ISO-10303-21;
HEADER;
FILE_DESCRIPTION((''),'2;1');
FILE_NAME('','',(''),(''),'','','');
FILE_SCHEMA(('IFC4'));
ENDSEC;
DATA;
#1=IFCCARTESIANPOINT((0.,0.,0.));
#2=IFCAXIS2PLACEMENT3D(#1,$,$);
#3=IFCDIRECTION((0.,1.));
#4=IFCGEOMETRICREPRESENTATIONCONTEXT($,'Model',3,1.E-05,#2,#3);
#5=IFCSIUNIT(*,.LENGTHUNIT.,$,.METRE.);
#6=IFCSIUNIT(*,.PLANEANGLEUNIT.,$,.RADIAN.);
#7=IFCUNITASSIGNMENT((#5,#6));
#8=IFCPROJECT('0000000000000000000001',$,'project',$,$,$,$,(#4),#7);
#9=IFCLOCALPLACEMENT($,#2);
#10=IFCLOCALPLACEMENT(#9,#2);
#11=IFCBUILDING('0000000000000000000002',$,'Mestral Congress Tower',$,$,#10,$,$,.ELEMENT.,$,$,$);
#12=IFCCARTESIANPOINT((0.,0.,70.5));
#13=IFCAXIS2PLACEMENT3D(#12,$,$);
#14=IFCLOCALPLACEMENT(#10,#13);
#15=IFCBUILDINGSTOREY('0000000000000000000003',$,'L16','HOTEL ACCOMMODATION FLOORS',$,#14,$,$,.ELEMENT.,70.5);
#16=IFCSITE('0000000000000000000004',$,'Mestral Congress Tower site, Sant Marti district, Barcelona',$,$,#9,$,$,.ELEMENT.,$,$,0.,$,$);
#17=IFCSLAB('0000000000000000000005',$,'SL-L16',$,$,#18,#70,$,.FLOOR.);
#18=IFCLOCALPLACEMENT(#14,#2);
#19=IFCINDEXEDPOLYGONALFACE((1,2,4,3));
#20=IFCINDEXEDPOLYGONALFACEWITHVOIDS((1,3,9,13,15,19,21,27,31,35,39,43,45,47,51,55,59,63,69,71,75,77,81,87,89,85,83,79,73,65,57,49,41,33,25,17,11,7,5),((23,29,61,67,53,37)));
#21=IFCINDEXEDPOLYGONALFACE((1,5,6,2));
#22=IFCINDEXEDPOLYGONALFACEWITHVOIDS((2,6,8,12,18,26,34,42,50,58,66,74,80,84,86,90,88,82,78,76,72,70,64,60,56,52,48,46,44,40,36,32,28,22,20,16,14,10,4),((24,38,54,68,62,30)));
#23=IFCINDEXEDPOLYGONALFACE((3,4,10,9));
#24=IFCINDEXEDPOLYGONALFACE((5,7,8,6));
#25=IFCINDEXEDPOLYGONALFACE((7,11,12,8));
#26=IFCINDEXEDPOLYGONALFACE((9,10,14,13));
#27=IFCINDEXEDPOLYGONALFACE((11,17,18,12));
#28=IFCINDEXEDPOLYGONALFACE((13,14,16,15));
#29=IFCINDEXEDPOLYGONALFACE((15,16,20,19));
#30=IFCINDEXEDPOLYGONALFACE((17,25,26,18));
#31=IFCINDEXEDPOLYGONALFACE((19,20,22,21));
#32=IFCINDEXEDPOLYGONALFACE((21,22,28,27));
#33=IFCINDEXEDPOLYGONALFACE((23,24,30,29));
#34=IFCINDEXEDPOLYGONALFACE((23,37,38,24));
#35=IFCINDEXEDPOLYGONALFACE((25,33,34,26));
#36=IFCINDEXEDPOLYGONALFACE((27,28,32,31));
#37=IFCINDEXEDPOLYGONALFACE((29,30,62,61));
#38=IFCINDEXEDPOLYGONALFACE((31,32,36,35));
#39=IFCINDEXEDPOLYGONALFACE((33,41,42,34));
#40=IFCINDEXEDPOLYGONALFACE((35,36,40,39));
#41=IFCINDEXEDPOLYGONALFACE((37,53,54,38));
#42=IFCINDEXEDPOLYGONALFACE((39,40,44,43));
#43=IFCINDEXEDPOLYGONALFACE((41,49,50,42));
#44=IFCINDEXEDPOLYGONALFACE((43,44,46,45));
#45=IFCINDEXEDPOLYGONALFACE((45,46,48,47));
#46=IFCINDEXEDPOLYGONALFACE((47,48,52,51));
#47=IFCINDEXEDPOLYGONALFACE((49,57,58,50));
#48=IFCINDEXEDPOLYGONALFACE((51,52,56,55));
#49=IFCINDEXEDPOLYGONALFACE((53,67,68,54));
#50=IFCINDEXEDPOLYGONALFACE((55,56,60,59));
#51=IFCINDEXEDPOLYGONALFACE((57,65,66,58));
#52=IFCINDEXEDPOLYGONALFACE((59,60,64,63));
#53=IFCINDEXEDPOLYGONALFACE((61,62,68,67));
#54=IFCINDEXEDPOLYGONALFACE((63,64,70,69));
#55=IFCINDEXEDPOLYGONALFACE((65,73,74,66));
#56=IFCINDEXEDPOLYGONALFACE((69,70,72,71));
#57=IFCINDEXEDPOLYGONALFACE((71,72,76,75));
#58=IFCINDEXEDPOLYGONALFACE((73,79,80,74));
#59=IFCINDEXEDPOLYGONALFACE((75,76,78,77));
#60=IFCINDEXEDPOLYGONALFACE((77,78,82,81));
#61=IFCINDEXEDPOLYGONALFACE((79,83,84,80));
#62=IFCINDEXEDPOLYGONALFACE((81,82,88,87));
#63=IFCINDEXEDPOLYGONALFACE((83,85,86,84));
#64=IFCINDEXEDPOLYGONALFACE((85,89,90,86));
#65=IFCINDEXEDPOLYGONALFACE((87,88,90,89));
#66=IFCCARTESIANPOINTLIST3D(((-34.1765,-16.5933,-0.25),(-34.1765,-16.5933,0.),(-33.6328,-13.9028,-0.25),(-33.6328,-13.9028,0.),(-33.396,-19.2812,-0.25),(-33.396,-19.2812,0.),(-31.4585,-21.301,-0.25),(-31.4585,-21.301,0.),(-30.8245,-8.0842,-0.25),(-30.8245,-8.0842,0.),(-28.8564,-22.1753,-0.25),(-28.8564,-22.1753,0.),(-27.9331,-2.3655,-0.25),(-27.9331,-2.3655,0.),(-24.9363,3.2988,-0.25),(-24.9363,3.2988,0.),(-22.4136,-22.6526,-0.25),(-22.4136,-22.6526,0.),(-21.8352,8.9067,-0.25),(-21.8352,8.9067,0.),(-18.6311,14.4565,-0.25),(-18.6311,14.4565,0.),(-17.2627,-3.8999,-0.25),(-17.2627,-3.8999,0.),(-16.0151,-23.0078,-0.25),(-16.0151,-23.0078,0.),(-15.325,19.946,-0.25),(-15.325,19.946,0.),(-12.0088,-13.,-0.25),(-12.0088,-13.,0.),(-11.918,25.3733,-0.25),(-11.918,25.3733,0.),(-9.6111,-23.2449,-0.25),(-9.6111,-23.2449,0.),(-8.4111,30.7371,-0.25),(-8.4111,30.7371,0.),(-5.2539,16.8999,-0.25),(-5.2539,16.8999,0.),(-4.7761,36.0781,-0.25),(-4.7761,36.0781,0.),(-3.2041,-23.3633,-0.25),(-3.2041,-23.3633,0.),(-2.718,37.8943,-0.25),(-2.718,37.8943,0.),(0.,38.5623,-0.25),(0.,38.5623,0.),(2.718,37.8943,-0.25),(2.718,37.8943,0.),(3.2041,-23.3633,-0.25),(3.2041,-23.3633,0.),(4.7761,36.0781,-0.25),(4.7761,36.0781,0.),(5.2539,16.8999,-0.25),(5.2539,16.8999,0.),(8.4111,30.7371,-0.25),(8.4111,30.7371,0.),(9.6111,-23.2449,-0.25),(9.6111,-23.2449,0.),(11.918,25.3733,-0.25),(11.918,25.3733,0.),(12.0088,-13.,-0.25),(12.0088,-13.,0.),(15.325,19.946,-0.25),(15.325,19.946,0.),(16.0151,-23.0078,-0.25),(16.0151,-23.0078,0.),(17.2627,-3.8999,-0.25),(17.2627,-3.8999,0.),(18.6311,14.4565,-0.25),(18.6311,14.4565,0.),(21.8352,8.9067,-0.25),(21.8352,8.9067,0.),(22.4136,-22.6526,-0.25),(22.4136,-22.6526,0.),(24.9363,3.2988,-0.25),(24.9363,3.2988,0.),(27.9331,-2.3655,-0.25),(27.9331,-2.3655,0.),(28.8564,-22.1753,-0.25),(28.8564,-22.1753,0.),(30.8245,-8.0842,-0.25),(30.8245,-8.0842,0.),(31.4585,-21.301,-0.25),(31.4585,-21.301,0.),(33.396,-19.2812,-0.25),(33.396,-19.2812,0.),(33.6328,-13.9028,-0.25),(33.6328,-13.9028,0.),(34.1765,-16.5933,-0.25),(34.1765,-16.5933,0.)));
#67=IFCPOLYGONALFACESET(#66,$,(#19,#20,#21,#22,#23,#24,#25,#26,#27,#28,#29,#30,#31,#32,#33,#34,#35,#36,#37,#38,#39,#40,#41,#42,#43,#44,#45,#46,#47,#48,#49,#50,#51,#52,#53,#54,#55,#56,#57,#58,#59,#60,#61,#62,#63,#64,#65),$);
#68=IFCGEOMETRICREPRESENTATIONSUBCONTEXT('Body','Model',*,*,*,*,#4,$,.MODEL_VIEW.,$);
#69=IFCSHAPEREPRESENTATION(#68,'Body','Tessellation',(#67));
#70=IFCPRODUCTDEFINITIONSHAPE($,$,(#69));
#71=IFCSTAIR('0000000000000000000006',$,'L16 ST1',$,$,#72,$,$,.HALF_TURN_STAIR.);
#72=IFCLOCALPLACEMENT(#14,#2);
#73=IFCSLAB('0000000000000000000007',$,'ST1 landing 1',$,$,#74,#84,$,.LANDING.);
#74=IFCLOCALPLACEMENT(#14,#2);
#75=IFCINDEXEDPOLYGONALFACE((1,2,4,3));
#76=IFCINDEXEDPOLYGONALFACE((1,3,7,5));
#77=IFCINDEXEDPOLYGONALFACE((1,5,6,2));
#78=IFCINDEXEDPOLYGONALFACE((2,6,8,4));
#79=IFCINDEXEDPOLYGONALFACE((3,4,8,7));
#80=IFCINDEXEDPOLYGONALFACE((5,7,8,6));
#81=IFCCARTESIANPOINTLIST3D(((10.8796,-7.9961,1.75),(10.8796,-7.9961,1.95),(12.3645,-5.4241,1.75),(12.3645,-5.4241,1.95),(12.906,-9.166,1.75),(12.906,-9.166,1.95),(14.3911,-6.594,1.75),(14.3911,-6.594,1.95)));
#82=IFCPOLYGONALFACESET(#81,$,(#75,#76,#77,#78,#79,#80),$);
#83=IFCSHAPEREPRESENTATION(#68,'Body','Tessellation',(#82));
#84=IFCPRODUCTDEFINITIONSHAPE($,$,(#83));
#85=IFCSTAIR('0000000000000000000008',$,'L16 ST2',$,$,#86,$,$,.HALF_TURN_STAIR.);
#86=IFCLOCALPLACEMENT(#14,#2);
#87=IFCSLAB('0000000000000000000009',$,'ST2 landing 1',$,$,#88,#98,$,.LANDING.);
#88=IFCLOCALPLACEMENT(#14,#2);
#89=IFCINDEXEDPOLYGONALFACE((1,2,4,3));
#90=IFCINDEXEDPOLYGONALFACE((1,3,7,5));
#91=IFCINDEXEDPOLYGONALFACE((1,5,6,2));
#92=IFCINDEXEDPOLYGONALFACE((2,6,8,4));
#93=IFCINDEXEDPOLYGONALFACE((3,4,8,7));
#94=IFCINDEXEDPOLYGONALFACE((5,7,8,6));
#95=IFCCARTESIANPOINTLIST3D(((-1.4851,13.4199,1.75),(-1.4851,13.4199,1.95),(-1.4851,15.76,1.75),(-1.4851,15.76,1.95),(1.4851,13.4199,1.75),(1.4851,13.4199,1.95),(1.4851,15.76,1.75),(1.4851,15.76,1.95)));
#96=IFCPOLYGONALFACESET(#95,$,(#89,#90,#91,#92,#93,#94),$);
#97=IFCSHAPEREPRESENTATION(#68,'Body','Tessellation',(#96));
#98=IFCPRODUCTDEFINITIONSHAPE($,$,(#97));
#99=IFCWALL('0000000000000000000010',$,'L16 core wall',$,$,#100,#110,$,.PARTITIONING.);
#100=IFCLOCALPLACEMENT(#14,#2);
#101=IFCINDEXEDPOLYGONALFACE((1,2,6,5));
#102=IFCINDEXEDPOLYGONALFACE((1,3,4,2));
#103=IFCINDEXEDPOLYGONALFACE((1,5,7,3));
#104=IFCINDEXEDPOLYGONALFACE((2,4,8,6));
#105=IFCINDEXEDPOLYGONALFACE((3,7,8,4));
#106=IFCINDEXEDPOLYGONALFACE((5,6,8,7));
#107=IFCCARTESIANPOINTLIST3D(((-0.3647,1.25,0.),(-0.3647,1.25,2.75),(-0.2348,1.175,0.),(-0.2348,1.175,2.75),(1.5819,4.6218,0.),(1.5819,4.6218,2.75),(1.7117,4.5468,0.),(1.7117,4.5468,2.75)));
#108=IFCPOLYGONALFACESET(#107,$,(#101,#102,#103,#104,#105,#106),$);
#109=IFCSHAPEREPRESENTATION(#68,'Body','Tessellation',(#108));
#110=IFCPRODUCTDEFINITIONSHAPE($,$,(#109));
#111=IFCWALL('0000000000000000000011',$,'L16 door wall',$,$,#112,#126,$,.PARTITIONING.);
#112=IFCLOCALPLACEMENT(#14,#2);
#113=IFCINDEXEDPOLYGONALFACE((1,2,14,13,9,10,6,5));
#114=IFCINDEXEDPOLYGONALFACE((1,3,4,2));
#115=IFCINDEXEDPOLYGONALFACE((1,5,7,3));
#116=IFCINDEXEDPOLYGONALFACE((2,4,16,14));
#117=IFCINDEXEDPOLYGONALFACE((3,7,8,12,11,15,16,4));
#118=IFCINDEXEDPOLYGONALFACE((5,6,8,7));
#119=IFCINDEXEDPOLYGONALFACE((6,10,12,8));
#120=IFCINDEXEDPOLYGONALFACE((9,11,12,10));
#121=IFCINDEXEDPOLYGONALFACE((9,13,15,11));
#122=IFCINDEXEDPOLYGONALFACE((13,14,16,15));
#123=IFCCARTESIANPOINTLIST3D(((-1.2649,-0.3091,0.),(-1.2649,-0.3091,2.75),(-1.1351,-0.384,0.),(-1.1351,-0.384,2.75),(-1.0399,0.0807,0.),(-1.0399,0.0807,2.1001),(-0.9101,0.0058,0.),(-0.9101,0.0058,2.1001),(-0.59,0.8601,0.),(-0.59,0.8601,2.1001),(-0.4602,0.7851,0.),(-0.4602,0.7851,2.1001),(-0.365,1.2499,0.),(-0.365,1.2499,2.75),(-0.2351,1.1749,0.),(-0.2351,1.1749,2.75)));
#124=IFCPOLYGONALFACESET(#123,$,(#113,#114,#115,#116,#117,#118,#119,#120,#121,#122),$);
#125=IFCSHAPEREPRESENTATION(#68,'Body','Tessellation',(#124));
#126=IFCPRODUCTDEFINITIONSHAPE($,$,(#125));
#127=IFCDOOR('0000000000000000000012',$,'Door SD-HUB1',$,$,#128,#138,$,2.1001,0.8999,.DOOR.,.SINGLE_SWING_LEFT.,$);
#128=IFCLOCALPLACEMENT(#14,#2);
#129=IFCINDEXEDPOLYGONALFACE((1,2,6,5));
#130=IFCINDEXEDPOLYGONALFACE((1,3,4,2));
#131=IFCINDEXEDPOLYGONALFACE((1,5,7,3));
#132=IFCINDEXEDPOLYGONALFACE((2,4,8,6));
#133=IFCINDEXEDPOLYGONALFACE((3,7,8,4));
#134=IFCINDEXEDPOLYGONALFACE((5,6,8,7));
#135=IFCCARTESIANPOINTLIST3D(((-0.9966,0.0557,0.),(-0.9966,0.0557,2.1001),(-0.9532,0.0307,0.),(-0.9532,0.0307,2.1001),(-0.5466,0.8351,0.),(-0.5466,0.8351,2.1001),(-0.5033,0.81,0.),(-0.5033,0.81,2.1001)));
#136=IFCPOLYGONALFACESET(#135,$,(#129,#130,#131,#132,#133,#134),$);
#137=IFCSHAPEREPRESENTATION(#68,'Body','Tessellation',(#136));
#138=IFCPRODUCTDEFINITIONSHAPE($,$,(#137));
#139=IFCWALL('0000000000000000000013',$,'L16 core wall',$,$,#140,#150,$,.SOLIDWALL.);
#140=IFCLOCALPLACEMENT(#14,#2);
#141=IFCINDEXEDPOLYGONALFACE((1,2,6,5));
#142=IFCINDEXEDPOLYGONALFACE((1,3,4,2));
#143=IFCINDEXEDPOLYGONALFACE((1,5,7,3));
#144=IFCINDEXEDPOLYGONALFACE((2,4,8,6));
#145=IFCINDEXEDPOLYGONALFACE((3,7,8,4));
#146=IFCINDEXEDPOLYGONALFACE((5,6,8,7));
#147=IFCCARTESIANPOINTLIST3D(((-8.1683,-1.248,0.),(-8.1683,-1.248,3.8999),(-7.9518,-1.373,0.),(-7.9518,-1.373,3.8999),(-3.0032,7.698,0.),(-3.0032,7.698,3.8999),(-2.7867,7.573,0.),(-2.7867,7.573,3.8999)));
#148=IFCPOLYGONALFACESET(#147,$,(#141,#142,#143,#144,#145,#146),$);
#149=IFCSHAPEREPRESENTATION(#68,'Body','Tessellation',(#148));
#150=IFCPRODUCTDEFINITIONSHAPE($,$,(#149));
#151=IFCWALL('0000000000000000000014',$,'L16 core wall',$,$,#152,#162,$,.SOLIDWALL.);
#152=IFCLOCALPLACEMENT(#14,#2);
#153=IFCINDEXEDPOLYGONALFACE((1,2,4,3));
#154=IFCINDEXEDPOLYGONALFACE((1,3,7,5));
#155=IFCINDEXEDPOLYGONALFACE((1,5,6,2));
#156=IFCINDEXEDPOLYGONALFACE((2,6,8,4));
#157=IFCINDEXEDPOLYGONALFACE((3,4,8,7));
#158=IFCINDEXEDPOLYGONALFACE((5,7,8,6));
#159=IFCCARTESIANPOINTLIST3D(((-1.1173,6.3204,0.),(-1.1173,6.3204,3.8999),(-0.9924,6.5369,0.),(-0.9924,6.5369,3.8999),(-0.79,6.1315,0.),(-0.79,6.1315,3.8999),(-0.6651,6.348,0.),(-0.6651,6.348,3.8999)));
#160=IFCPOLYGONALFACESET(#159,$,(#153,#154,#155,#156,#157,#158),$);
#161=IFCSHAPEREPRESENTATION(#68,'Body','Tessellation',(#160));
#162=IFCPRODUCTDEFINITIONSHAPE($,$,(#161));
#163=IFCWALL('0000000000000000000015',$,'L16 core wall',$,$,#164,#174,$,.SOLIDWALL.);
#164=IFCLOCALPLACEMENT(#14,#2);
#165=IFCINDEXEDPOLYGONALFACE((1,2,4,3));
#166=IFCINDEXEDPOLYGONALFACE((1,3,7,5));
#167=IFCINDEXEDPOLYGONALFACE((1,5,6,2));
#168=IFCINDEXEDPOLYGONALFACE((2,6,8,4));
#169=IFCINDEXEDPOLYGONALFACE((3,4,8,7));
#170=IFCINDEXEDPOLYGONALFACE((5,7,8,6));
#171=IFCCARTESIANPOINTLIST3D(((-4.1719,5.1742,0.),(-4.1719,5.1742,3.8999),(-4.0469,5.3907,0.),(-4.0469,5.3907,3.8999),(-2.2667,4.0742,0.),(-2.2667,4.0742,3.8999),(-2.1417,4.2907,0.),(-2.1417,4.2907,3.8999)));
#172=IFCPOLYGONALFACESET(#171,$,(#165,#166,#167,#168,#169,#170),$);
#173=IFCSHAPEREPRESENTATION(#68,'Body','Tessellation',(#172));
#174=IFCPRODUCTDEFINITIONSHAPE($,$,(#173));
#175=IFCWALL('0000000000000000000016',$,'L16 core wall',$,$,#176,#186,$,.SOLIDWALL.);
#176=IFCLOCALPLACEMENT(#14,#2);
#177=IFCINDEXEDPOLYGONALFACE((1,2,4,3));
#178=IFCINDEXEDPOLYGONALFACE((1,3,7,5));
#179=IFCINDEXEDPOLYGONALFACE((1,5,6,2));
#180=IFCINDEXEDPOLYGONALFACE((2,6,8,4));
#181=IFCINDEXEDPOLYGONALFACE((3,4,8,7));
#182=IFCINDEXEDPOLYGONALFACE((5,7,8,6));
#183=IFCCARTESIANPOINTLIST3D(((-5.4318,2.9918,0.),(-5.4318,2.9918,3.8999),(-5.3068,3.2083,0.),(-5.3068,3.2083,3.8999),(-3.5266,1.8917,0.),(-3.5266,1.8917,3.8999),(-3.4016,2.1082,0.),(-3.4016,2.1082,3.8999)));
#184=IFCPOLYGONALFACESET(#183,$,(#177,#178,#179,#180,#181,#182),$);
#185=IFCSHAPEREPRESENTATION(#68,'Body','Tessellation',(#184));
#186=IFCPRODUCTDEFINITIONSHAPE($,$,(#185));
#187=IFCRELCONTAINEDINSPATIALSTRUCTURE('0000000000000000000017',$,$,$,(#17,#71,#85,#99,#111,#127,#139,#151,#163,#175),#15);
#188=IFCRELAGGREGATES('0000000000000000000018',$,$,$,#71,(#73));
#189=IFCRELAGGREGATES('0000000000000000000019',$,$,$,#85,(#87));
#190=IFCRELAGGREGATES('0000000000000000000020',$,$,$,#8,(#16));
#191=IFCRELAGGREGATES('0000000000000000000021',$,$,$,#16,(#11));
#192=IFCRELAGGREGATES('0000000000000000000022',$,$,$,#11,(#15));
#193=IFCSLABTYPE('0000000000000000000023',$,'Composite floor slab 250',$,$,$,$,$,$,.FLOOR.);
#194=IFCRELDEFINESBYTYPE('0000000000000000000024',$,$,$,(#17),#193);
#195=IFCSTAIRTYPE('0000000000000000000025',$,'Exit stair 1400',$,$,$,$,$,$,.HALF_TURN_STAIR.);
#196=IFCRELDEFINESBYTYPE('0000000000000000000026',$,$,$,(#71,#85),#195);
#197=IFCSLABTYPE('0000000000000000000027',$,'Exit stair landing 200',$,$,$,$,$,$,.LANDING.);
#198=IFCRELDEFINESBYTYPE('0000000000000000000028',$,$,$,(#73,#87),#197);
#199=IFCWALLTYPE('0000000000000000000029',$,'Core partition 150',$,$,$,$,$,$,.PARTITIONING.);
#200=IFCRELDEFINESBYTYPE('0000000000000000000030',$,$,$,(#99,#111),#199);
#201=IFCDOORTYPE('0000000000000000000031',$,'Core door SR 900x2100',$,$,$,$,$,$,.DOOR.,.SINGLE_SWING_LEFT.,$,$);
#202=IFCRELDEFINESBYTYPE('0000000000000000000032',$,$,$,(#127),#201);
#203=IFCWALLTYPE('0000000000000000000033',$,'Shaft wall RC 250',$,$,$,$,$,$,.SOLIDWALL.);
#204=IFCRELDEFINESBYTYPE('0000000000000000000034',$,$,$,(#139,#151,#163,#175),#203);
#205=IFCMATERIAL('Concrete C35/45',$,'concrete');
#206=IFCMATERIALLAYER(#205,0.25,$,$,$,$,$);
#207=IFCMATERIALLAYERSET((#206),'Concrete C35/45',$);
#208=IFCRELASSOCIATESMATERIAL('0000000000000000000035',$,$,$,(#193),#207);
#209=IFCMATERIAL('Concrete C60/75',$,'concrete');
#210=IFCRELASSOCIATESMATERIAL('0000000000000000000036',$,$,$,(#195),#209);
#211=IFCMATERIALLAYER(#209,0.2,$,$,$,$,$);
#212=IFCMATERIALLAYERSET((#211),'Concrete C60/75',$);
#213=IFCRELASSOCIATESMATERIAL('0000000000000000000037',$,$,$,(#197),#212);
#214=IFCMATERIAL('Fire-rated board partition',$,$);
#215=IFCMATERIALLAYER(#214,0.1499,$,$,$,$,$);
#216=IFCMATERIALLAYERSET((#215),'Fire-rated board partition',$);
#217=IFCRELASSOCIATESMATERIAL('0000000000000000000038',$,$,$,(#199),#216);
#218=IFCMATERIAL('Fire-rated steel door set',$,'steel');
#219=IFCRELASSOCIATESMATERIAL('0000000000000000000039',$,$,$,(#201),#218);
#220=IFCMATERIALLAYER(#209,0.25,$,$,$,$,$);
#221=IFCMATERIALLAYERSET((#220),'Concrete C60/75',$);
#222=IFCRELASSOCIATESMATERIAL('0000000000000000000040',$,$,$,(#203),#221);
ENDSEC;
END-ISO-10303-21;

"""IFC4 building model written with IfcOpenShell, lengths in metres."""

from ifc_helpers import new_model, si_unit, direction, frame, frame_2d, origin, place, context, subcontext, project, spatial, polyline, rectangle, outline, extrude, material, layer, layer_set, type_object, element, fill, aggregate, save


model = new_model("IFC4")

# Units and contexts
model_context = context("Model", 3, precision=1e-05, world=origin(), true_north=direction((0.0, 1.0)))
body_context = subcontext(model_context, "Body", "Model", "MODEL_VIEW")
ifc_project = project(units=[si_unit("LENGTHUNIT", "METRE"), si_unit("PLANEANGLEUNIT", "RADIAN")], contexts=[model_context])

# Site, building, storey
site_placement = place(None, origin())
site = spatial("IfcSite", under=ifc_project, at=site_placement, Name="Mestral Congress Tower site, Sant Marti district, Barcelona", CompositionType="ELEMENT", RefElevation=0.0)
building_placement = place(site_placement, origin())
building = spatial("IfcBuilding", under=site, at=building_placement, Name="Mestral Congress Tower", CompositionType="ELEMENT")
storey_placement = place(building_placement, frame((0.0, 0.0, 70.5)))
storey = spatial("IfcBuildingStorey", under=building, at=storey_placement, Name="L16", Description="HOTEL ACCOMMODATION FLOORS", CompositionType="ELEMENT", Elevation=70.5)

# Slab
ifc_material_1 = material(Name="Concrete C35/45", Category="concrete")
ifc_layer_1 = layer(ifc_material_1, 0.25)
ifc_layer_set_1 = layer_set([ifc_layer_1], Name="Concrete C35/45")
slab_type_1 = type_object("IfcSlabType", Name="Composite floor slab 250", PredefinedType="FLOOR", material=ifc_layer_set_1)
slab_1_placement = place(storey_placement, frame((0.0, 0.0, -0.25)))
element("IfcSlab", 1, at=slab_1_placement, inside=storey, type_object=slab_type_1, Name="SL-L16", PredefinedType="FLOOR", context=body_context, shape_type="SweptSolid", body=[
    extrude(outline(polyline([(-28.8564, -22.1753), (-31.4585, -21.301), (-33.396, -19.2812), (-34.1765, -16.5933), (-33.6328, -13.9028), (-30.8245, -8.0842), (-27.9331, -2.3655), (-24.9363, 3.2988), (-21.8352, 8.9067), (-18.6311, 14.4565), (-15.325, 19.946), (-11.918, 25.3733), (-8.4111, 30.7371), (-4.7761, 36.0781), (-2.718, 37.8943), (0.0, 38.5623), (2.718, 37.8943), (4.7761, 36.0781), (8.4111, 30.7371), (11.918, 25.3733), (15.325, 19.946), (18.6311, 14.4565), (21.8352, 8.9067), (24.9363, 3.2988), (27.9331, -2.3655), (30.8245, -8.0842), (33.6328, -13.9028), (34.1765, -16.5933), (33.396, -19.2812), (31.4585, -21.301), (28.8564, -22.1753), (22.4136, -22.6526), (16.0151, -23.0078), (9.6111, -23.2449), (3.2041, -23.3633), (-3.2041, -23.3633), (-9.6111, -23.2449), (-16.0151, -23.0078), (-22.4136, -22.6526), (-28.8564, -22.1753)]), holes=[polyline([(-5.2539, 16.8999), (-17.2627, -3.8999), (-12.0088, -13.0), (12.0088, -13.0), (17.2627, -3.8999), (5.2539, 16.8999), (-5.2539, 16.8999)])]), origin(), (0.0, 0.0, 1.0), 0.25),
])

# Stairs, slabs
ifc_material_2 = material(Name="Concrete C60/75", Category="concrete")
stair_type = type_object("IfcStairType", Name="Exit stair 1400", PredefinedType="HALF_TURN_STAIR", material=ifc_material_2)
placement_1 = place(storey_placement, origin())
stair_1 = element("IfcStair", 2, at=placement_1, inside=storey, type_object=stair_type, Name="L16 ST1", PredefinedType="HALF_TURN_STAIR")
ifc_layer_2 = layer(ifc_material_2, 0.2)
ifc_layer_set_2 = layer_set([ifc_layer_2], Name="Concrete C60/75")
slab_type_2 = type_object("IfcSlabType", Name="Exit stair landing 200", PredefinedType="LANDING", material=ifc_layer_set_2)
placement_2 = place(storey_placement, frame((0.0, 0.0, 1.75)))
slab_2 = element("IfcSlab", 3, at=placement_2, type_object=slab_type_2, Name="ST1 landing 1", PredefinedType="LANDING", context=body_context, shape_type="SweptSolid", body=[
    extrude(outline(polyline([(10.8796, -7.9961), (12.3645, -5.4241), (14.3911, -6.594), (12.906, -9.166), (10.8796, -7.9961)])), origin(), (0.0, 0.0, 1.0), 0.2),
])
aggregate(stair_1, [slab_2])
stair_2 = element("IfcStair", 4, at=placement_1, inside=storey, type_object=stair_type, Name="L16 ST2", PredefinedType="HALF_TURN_STAIR")
slab_3 = element("IfcSlab", 5, at=placement_2, type_object=slab_type_2, Name="ST2 landing 1", PredefinedType="LANDING", context=body_context, shape_type="SweptSolid", body=[
    extrude(outline(polyline([(1.4851, 13.4199), (-1.4851, 13.4199), (-1.4851, 15.76), (1.4851, 15.76), (1.4851, 13.4199)])), origin(), (0.0, 0.0, 1.0), 0.2),
])
aggregate(stair_2, [slab_3])

# Wall
ifc_material_3 = material(Name="Fire-rated board partition")
ifc_layer_3 = layer(ifc_material_3, 0.1499)
ifc_layer_set_3 = layer_set([ifc_layer_3], Name="Fire-rated board partition")
wall_type_1 = type_object("IfcWallType", Name="Core partition 150", PredefinedType="PARTITIONING", material=ifc_layer_set_3)
wall_1_placement = place(storey_placement, frame((-0.2998, 1.2124, 0.0), z_axis=(0.0, 0.0, 1.0), x_axis=(0.499963, 0.866047, 0.0)))
element("IfcWall", 6, at=wall_1_placement, inside=storey, type_object=wall_type_1, Name="L16 core wall", PredefinedType="PARTITIONING", context=body_context, shape_type="SweptSolid", body=[
    extrude(rectangle(XDim=3.8933, YDim=0.1499, at=frame_2d((1.9468, 0.0))), origin(), (0.0, 0.0, 1.0), 2.75),
])

# Wall, opening, door
wall_2_placement = place(storey_placement, frame((-1.2, -0.3464, 0.0), z_axis=(0.0, 0.0, 1.0), x_axis=(0.499961, 0.866048, 0.0)))
wall_2 = element("IfcWall", 7, at=wall_2_placement, inside=storey, type_object=wall_type_1, Name="L16 door wall", PredefinedType="PARTITIONING", context=body_context, shape_type="SweptSolid", body=[
    extrude(rectangle(XDim=1.8, YDim=0.1499, at=frame_2d((0.8999, 0.0))), origin(), (0.0, 0.0, 1.0), 2.75),
])
opening_1_placement = place(wall_2_placement, frame((0.45, 0.0, 0.0)))
opening_1 = element("IfcOpeningElement", 8, at=opening_1_placement, cuts=wall_2, PredefinedType="OPENING", context=body_context, shape_type="SweptSolid", body=[
    extrude(rectangle(XDim=0.8999, YDim=2.1001, at=frame_2d((0.45, 1.05))), frame((0.0, 0.085, 0.0), z_axis=(0.0, -1.0, 0.0), x_axis=(1.0, 0.0, 0.0)), (0.0, 0.0, 1.0), 0.1699),
])
ifc_material_4 = material(Name="Fire-rated steel door set", Category="steel")
door_type_1 = type_object("IfcDoorType", Name="Core door SR 900x2100", OperationType="SINGLE_SWING_LEFT", PredefinedType="DOOR", material=ifc_material_4)
door_1_placement = place(opening_1_placement, origin())
door_1 = element("IfcDoor", 9, at=door_1_placement, inside=storey, type_object=door_type_1, Name="Door SD-HUB1", OperationType="SINGLE_SWING_LEFT", OverallHeight=2.1001, OverallWidth=0.8999, PredefinedType="DOOR", context=body_context, shape_type="SweptSolid", body=[
    extrude(rectangle(XDim=0.8999, YDim=2.1001, at=frame_2d((0.45, 1.05))), frame((0.0, 0.0249, 0.0), z_axis=(0.0, -1.0, 0.0), x_axis=(1.0, 0.0, 0.0)), (0.0, 0.0, 1.0), 0.05),
])
fill(opening_1, door_1)

# Walls
ifc_layer_4 = layer(ifc_material_2, 0.25)
ifc_layer_set_4 = layer_set([ifc_layer_4], Name="Concrete C60/75")
wall_type_2 = type_object("IfcWallType", Name="Shaft wall RC 250", PredefinedType="SOLIDWALL", material=ifc_layer_set_4)
wall_3_placement = place(storey_placement, frame((-8.0601, -1.3105, 0.0), z_axis=(0.0, 0.0, 1.0), x_axis=(0.500003, 0.866024, 0.0)))
element("IfcWall", 10, at=wall_3_placement, inside=storey, type_object=wall_type_2, Name="L16 core wall", PredefinedType="SOLIDWALL", context=body_context, shape_type="SweptSolid", body=[
    extrude(rectangle(XDim=10.3301, YDim=0.25, at=frame_2d((5.165, 0.0))), origin(), (0.0, 0.0, 1.0), 3.8999),
])
wall_4_placement = place(storey_placement, frame((-0.7275, 6.2397, 0.0), z_axis=(0.0, 0.0, 1.0), x_axis=(-0.866089, 0.49989, 0.0)))
element("IfcWall", 11, at=wall_4_placement, inside=storey, type_object=wall_type_2, Name="L16 core wall", PredefinedType="SOLIDWALL", context=body_context, shape_type="SweptSolid", body=[
    extrude(rectangle(XDim=0.3779, YDim=0.25, at=frame_2d((0.189, 0.0))), origin(), (0.0, 0.0, 1.0), 3.8999),
])
for number, where, z_axis, x_axis, name in (
    (12, (-2.2041, 4.1824, 0.0), (0.0, 0.0, 1.0), (-0.866008, 0.50003, 0.0), "L16 core wall"),
    (13, (-5.3694, 3.1001, 0.0), (0.0, 0.0, 1.0), (0.866008, -0.50003, 0.0), "L16 core wall"),
):
    element("IfcWall", number, at=place(storey_placement, frame(where, z_axis=z_axis, x_axis=x_axis)), inside=storey, type_object=wall_type_2, Name=name, PredefinedType="SOLIDWALL", context=body_context, shape_type="SweptSolid", body=[
        extrude(rectangle(XDim=2.2, YDim=0.25, at=frame_2d((1.1001, 0.0))), origin(), (0.0, 0.0, 1.0), 3.8999),
    ])

save(model, "model.ifc")
